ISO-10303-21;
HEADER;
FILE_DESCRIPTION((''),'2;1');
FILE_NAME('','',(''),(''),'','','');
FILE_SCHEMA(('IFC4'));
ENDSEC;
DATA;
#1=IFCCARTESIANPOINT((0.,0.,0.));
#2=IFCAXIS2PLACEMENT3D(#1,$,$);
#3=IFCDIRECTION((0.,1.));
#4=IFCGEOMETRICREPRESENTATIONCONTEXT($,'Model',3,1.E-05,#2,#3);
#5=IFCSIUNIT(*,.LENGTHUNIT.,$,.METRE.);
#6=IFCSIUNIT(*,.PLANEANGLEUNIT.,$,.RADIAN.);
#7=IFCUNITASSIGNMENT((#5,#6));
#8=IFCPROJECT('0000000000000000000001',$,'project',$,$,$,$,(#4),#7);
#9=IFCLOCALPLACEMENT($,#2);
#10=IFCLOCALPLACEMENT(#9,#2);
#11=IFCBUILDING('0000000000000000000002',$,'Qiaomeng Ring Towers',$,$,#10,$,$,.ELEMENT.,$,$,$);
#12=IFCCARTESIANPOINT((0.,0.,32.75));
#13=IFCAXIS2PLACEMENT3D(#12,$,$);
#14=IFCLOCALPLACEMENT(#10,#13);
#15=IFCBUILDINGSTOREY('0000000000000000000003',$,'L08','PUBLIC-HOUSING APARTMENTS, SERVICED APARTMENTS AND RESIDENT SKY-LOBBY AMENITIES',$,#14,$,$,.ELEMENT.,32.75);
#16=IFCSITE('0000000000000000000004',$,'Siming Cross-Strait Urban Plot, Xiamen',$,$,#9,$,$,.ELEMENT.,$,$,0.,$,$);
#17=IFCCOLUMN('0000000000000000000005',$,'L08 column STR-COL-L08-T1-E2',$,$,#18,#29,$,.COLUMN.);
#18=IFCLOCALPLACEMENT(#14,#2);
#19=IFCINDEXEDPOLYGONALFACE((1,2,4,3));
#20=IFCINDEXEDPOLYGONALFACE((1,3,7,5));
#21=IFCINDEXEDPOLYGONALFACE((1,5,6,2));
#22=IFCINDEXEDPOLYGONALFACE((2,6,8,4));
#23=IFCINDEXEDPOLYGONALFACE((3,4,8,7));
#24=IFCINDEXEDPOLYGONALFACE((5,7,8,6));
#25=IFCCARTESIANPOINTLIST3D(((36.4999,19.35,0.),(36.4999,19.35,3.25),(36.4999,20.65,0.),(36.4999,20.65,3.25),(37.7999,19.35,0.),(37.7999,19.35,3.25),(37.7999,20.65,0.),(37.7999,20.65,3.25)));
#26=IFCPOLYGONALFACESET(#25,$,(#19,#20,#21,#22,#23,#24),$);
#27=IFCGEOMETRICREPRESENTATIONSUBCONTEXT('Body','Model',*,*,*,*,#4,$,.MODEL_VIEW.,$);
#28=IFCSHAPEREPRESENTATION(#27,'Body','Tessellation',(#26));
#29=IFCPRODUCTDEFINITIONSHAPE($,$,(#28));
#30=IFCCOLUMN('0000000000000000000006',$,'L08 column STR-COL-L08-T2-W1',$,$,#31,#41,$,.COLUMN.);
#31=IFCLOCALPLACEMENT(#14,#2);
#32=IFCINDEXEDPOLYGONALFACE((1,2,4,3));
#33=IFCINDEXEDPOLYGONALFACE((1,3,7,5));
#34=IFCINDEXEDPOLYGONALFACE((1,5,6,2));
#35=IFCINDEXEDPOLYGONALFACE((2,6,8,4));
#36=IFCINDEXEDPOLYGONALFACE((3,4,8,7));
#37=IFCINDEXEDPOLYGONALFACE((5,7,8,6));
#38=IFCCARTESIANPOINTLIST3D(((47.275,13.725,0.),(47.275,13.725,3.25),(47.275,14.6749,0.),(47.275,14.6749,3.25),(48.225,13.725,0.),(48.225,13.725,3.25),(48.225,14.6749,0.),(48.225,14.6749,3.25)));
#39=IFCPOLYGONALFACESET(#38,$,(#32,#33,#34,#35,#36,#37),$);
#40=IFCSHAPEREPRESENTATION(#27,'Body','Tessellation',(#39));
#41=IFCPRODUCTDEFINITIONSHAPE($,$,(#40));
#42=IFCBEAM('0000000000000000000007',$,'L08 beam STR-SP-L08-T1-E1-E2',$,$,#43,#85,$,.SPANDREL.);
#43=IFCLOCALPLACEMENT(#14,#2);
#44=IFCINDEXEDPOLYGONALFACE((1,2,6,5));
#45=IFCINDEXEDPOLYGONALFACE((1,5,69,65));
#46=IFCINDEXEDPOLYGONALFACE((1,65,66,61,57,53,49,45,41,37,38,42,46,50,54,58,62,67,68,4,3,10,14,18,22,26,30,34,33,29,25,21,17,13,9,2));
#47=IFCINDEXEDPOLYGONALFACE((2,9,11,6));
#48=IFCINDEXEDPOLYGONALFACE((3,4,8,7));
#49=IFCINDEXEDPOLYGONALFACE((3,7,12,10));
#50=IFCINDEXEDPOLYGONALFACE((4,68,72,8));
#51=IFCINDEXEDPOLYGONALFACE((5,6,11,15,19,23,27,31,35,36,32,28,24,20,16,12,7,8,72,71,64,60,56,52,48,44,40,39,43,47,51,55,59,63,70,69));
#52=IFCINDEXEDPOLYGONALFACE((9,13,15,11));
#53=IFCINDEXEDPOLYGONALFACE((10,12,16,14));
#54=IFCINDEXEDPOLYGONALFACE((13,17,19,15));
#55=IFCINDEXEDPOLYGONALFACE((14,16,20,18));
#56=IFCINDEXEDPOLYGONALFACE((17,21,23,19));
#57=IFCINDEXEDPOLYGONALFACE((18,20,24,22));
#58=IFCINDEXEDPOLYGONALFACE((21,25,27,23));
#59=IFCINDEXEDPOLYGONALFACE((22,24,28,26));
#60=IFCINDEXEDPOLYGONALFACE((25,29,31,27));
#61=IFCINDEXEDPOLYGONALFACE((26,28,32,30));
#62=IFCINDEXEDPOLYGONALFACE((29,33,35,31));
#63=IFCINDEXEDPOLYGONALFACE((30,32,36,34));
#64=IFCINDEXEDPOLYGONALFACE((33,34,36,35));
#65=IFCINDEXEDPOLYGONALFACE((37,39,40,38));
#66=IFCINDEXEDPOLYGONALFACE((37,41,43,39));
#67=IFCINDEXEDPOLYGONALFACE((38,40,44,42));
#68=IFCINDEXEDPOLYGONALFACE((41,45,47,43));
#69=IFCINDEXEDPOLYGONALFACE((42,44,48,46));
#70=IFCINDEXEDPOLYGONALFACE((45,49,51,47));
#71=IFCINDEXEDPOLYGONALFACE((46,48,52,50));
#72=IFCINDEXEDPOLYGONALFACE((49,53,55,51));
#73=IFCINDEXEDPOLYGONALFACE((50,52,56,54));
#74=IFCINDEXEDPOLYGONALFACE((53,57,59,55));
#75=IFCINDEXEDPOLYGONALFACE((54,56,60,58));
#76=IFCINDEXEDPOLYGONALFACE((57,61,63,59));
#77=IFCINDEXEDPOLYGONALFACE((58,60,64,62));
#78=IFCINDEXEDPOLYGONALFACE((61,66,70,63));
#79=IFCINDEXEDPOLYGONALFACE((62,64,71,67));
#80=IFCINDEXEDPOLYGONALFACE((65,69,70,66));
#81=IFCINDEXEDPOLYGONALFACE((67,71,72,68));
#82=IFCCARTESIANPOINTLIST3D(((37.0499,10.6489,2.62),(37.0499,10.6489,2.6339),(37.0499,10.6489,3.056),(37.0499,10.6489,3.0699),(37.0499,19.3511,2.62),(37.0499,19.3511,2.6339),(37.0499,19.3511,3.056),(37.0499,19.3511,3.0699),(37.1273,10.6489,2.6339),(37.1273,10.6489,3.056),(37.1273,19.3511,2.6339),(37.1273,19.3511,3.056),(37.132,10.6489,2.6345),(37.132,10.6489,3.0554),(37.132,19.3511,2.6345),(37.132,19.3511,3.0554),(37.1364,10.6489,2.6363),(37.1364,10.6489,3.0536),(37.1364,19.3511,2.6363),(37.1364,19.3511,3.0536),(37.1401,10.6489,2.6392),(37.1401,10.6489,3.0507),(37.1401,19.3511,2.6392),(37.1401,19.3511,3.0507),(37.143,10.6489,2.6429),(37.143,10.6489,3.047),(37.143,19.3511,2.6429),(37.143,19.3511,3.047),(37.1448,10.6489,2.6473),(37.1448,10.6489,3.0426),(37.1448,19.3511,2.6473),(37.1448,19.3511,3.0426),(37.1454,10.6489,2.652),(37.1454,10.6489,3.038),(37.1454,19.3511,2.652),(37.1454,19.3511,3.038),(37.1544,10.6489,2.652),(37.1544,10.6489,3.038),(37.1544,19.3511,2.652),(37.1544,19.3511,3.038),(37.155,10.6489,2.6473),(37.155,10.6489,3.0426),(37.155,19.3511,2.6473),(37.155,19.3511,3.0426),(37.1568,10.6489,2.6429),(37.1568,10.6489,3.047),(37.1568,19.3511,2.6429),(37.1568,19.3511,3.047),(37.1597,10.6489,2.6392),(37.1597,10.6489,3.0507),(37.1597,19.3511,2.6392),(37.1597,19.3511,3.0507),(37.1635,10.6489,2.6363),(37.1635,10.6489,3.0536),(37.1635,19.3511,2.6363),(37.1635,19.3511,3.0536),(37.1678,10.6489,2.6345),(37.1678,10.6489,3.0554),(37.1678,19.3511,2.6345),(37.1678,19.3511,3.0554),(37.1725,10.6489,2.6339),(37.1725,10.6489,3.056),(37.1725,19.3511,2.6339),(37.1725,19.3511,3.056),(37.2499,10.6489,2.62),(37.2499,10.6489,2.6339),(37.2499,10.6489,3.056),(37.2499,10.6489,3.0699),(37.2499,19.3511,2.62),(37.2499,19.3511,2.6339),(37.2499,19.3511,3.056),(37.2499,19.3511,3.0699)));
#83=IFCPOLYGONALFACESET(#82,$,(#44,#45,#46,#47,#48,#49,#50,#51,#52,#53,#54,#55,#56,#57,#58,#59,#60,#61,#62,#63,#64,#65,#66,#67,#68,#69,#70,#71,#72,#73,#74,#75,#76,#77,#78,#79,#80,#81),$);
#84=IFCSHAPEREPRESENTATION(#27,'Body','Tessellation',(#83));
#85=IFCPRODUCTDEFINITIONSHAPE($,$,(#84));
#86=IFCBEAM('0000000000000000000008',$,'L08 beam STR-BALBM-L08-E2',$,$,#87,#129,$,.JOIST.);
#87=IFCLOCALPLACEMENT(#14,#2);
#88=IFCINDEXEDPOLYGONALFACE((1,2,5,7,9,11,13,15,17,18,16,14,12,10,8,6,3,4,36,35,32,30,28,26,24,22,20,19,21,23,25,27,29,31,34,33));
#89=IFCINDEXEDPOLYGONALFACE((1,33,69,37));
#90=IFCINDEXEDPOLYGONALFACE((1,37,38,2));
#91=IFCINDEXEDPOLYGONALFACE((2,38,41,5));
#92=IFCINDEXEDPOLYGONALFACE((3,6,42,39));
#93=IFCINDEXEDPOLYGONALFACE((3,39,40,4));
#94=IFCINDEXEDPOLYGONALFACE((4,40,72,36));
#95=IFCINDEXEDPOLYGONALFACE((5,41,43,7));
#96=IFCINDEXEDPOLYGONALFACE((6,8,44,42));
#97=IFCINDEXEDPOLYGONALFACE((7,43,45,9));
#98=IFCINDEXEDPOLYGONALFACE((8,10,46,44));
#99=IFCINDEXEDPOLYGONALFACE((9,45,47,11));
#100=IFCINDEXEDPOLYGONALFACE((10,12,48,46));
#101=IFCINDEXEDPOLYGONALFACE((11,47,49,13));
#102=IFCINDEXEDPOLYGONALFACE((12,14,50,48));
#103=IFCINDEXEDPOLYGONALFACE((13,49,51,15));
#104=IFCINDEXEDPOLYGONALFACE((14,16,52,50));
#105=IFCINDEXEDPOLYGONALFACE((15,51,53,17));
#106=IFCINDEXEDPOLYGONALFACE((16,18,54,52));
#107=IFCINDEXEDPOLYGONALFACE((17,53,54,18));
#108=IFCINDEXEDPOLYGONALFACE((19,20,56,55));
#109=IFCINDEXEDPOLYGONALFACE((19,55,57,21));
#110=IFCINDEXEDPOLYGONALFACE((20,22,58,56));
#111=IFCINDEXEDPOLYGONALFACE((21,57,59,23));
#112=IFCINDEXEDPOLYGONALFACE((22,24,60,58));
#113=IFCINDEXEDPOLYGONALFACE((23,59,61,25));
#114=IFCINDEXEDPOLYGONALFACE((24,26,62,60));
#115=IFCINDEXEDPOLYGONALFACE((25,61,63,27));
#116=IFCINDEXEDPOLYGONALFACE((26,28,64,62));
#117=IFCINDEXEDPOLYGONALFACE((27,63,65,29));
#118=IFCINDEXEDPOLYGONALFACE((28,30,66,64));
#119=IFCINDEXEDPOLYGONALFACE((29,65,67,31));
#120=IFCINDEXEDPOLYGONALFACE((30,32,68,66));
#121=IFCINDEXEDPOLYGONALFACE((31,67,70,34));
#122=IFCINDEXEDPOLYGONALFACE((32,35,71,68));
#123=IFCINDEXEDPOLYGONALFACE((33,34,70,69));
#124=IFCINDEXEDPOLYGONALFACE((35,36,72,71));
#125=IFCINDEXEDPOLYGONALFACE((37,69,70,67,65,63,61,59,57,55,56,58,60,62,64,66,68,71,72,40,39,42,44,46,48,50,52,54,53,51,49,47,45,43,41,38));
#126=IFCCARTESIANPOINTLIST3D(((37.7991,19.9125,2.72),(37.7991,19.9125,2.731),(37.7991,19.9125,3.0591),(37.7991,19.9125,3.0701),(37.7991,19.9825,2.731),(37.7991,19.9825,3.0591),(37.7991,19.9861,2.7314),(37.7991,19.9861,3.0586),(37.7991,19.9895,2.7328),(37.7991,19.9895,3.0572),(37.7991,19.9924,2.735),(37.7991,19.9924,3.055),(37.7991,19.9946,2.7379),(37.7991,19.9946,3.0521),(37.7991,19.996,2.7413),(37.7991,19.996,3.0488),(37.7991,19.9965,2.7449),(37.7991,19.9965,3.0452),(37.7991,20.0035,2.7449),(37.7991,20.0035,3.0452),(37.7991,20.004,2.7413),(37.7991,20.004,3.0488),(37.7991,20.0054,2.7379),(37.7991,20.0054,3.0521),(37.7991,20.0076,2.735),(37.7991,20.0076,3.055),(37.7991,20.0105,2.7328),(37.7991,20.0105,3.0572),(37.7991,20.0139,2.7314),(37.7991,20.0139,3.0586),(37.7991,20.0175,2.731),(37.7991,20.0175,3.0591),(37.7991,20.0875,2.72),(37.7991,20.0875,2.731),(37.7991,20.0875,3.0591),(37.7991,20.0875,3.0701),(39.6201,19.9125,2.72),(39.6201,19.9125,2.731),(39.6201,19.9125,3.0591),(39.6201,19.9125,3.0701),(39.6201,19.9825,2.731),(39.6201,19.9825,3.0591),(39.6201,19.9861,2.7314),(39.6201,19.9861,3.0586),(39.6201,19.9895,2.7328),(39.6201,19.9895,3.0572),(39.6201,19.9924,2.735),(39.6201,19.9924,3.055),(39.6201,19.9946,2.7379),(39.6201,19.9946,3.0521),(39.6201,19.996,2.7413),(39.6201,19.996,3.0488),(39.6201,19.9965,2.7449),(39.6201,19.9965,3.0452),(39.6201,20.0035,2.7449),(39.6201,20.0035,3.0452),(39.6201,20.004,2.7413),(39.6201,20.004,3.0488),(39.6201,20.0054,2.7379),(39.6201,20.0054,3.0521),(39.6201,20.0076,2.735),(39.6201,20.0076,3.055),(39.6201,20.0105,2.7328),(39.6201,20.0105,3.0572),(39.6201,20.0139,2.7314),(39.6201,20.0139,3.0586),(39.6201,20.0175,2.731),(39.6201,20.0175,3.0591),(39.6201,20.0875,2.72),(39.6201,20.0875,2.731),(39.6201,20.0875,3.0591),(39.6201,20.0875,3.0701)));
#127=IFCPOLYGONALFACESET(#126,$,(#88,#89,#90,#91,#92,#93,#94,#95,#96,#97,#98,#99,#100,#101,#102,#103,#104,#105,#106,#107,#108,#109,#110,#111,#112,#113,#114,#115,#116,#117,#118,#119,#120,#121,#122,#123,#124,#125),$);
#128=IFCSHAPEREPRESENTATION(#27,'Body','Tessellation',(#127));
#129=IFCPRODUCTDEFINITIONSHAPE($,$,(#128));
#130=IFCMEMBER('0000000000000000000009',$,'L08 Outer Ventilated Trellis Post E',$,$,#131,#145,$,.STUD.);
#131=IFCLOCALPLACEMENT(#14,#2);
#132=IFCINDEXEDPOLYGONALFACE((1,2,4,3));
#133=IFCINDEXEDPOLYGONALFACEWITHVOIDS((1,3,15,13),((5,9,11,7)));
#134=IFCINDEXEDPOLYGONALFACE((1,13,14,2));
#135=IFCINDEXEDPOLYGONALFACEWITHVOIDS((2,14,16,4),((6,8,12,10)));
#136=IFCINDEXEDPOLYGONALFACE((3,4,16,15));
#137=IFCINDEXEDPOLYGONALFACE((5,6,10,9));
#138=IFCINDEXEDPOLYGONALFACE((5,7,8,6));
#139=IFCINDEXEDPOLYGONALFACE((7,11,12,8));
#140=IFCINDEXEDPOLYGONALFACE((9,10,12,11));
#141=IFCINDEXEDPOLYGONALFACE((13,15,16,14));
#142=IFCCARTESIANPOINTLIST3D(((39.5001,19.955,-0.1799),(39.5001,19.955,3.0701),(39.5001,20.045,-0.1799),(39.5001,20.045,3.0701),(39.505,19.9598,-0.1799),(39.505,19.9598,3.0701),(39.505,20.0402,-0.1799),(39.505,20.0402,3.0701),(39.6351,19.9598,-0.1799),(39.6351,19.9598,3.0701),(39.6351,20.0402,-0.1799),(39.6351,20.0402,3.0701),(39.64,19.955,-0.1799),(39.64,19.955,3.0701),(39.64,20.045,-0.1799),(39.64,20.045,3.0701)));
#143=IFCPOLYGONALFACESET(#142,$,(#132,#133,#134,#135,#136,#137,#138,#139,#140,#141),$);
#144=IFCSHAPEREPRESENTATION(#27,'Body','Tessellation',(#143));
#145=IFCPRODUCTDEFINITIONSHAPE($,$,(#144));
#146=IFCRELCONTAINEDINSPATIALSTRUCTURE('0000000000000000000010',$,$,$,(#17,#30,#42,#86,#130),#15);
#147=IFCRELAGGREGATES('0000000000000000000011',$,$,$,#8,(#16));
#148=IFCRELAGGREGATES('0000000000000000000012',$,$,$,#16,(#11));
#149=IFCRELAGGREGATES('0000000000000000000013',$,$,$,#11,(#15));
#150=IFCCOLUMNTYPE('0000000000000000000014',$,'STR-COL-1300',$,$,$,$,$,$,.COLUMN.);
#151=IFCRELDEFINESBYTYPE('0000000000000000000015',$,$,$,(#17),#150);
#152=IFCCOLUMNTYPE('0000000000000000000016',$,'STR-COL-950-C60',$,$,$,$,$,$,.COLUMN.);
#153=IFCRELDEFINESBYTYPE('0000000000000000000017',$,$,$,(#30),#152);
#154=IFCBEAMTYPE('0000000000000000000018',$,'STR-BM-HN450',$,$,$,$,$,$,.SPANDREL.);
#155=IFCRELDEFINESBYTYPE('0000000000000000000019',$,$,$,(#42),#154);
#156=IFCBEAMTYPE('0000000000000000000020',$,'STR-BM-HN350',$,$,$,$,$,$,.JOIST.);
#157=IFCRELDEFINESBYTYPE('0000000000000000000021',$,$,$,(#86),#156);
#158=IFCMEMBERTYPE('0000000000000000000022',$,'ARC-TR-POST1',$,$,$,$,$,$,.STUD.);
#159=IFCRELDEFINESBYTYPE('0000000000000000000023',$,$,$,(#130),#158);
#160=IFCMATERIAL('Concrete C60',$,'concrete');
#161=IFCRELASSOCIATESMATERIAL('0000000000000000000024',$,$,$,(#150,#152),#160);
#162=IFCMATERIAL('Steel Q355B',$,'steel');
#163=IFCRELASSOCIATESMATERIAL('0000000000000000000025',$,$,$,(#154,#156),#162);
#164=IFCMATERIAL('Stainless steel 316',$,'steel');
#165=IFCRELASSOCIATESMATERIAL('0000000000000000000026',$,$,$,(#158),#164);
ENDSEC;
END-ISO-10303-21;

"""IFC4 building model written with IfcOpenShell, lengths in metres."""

from ifc_helpers import new_model, si_unit, direction, frame, origin, origin_2d, place, context, subcontext, project, spatial, rectangle, hollow_rectangle, i_section, extrude, source, transform, mapped, material, material_profile, profile_set, type_object, element, save


model = new_model("IFC4")

# Units and contexts
model_context = context("Model", 3, precision=1e-05, world=origin(), true_north=direction((0.0, 1.0)))
body_context = subcontext(model_context, "Body", "Model", "MODEL_VIEW")
ifc_project = project(units=[si_unit("LENGTHUNIT", "METRE"), si_unit("PLANEANGLEUNIT", "RADIAN")], contexts=[model_context])

# Site, building, storey
site_placement = place(None, origin())
site = spatial("IfcSite", under=ifc_project, at=site_placement, Name="Siming Cross-Strait Urban Plot, Xiamen", CompositionType="ELEMENT", RefElevation=0.0)
building_placement = place(site_placement, origin())
building = spatial("IfcBuilding", under=site, at=building_placement, Name="Qiaomeng Ring Towers", CompositionType="ELEMENT")
storey_placement = place(building_placement, frame((0.0, 0.0, 32.75)))
storey = spatial("IfcBuildingStorey", under=building, at=storey_placement, Name="L08", Description="PUBLIC-HOUSING APARTMENTS, SERVICED APARTMENTS AND RESIDENT SKY-LOBBY AMENITIES", CompositionType="ELEMENT", Elevation=32.75)

# Columns
ifc_material_1 = material(Name="Concrete C60", Category="concrete")
ifc_material_profile_1 = material_profile(ifc_material_1, rectangle(XDim=1.3, YDim=1.3, at=origin_2d()), Name="RC COL 1300x1300")
ifc_profile_set_1 = profile_set([ifc_material_profile_1], Name="Concrete C60")
column_type_1 = type_object("IfcColumnType", Name="STR-COL-1300", PredefinedType="COLUMN", material=ifc_profile_set_1)
shared_shape_1 = source(origin(), body_context, "Body", "SweptSolid", [
    extrude(rectangle(XDim=1.3, YDim=1.3, at=origin_2d()), origin(), (0.0, 0.0, 1.0), 3.25),
])
column_1_placement = place(storey_placement, frame((37.1499, 20.0, 0.0), z_axis=(0.0, 0.0, 1.0), x_axis=(1.0, 0.0, 0.0)))
element("IfcColumn", 1, at=column_1_placement, inside=storey, type_object=column_type_1, Name="L08 column STR-COL-L08-T1-E2", PredefinedType="COLUMN", context=body_context, shape_type="MappedRepresentation", body=[
    mapped(shared_shape_1, transform((0.0, 0.0, 0.0), x_axis=(1.0, 0.0, 0.0), y_axis=(0.0, 1.0, 0.0), z_axis=(0.0, 0.0, 1.0), scale=1.0)),
])
ifc_material_profile_2 = material_profile(ifc_material_1, rectangle(XDim=0.95, YDim=0.95, at=origin_2d()), Name="RC COL 950x950")
ifc_profile_set_2 = profile_set([ifc_material_profile_2], Name="Concrete C60")
column_type_2 = type_object("IfcColumnType", Name="STR-COL-950-C60", PredefinedType="COLUMN", material=ifc_profile_set_2)
shared_shape_2 = source(origin(), body_context, "Body", "SweptSolid", [
    extrude(rectangle(XDim=0.95, YDim=0.95, at=origin_2d()), origin(), (0.0, 0.0, 1.0), 3.25),
])
column_2_placement = place(storey_placement, frame((47.75, 14.2, 0.0), z_axis=(0.0, 0.0, 1.0), x_axis=(1.0, 0.0, 0.0)))
element("IfcColumn", 2, at=column_2_placement, inside=storey, type_object=column_type_2, Name="L08 column STR-COL-L08-T2-W1", PredefinedType="COLUMN", context=body_context, shape_type="MappedRepresentation", body=[
    mapped(shared_shape_2, transform((0.0, 0.0, 0.0), x_axis=(1.0, 0.0, 0.0), y_axis=(0.0, 1.0, 0.0), z_axis=(0.0, 0.0, 1.0), scale=1.0)),
])

# Beams
ifc_material_2 = material(Name="Steel Q355B", Category="steel")
ifc_material_profile_3 = material_profile(ifc_material_2, i_section(OverallWidth=0.2, OverallDepth=0.45, WebThickness=0.009, FlangeThickness=0.0139, FilletRadius=0.0181, at=origin_2d()), Name="HN 450x200x9x14")
ifc_profile_set_3 = profile_set([ifc_material_profile_3], Name="Steel Q355B")
beam_type_1 = type_object("IfcBeamType", Name="STR-BM-HN450", PredefinedType="SPANDREL", material=ifc_profile_set_3)
shared_shape_3 = source(origin(), body_context, "Body", "SweptSolid", [
    extrude(i_section(OverallWidth=0.2, OverallDepth=0.45, WebThickness=0.009, FlangeThickness=0.0139, FilletRadius=0.0181, at=origin_2d()), origin(), (0.0, 0.0, 1.0), 8.7021),
])
beam_1_placement = place(storey_placement, frame((37.1499, 10.6489, 2.845), z_axis=(0.0, 1.0, 0.0), x_axis=(-1.0, 0.0, 0.0)))
element("IfcBeam", 3, at=beam_1_placement, inside=storey, type_object=beam_type_1, Name="L08 beam STR-SP-L08-T1-E1-E2", PredefinedType="SPANDREL", context=body_context, shape_type="MappedRepresentation", body=[
    mapped(shared_shape_3, transform((0.0, 0.0, 0.0), x_axis=(1.0, 0.0, 0.0), y_axis=(0.0, 1.0, 0.0), z_axis=(0.0, 0.0, 1.0), scale=1.0)),
])
ifc_material_profile_4 = material_profile(ifc_material_2, i_section(OverallWidth=0.175, OverallDepth=0.3501, WebThickness=0.0071, FlangeThickness=0.011, FilletRadius=0.0139, at=origin_2d()), Name="HN 350x175x7x11")
ifc_profile_set_4 = profile_set([ifc_material_profile_4], Name="Steel Q355B")
beam_type_2 = type_object("IfcBeamType", Name="STR-BM-HN350", PredefinedType="JOIST", material=ifc_profile_set_4)
shared_shape_4 = source(origin(), body_context, "Body", "SweptSolid", [
    extrude(i_section(OverallWidth=0.175, OverallDepth=0.3501, WebThickness=0.0071, FlangeThickness=0.011, FilletRadius=0.0139, at=origin_2d()), origin(), (0.0, 0.0, 1.0), 1.821),
])
beam_2_placement = place(storey_placement, frame((37.7991, 20.0, 2.895), z_axis=(1.0, 0.0, 0.0), x_axis=(0.0, 1.0, 0.0)))
element("IfcBeam", 4, at=beam_2_placement, inside=storey, type_object=beam_type_2, Name="L08 beam STR-BALBM-L08-E2", PredefinedType="JOIST", context=body_context, shape_type="MappedRepresentation", body=[
    mapped(shared_shape_4, transform((0.0, 0.0, 0.0), x_axis=(1.0, 0.0, 0.0), y_axis=(0.0, 1.0, 0.0), z_axis=(0.0, 0.0, 1.0), scale=1.0)),
])

# Member
ifc_material_3 = material(Name="Stainless steel 316", Category="steel")
ifc_material_profile_5 = material_profile(ifc_material_3, hollow_rectangle(XDim=0.0901, YDim=0.1399, WallThickness=0.0049, at=origin_2d()), Name="SS TRELLIS 90x140")
ifc_profile_set_5 = profile_set([ifc_material_profile_5], Name="Stainless steel 316")
member_type = type_object("IfcMemberType", Name="ARC-TR-POST1", PredefinedType="STUD", material=ifc_profile_set_5)
shared_shape_5 = source(origin(), body_context, "Body", "SweptSolid", [
    extrude(hollow_rectangle(XDim=0.0901, YDim=0.1399, WallThickness=0.0049, at=origin_2d()), origin(), (0.0, 0.0, 1.0), 3.25),
])
member_placement = place(storey_placement, frame((39.5701, 20.0, -0.1799), z_axis=(0.0, 0.0, 1.0), x_axis=(0.0, 1.0, 0.0)))
element("IfcMember", 5, at=member_placement, inside=storey, type_object=member_type, Name="L08 Outer Ventilated Trellis Post E", PredefinedType="STUD", context=body_context, shape_type="MappedRepresentation", body=[
    mapped(shared_shape_5, transform((0.0, 0.0, 0.0), x_axis=(1.0, 0.0, 0.0), y_axis=(0.0, 1.0, 0.0), z_axis=(0.0, 0.0, 1.0), scale=1.0)),
])

save(model, "model.ifc")
